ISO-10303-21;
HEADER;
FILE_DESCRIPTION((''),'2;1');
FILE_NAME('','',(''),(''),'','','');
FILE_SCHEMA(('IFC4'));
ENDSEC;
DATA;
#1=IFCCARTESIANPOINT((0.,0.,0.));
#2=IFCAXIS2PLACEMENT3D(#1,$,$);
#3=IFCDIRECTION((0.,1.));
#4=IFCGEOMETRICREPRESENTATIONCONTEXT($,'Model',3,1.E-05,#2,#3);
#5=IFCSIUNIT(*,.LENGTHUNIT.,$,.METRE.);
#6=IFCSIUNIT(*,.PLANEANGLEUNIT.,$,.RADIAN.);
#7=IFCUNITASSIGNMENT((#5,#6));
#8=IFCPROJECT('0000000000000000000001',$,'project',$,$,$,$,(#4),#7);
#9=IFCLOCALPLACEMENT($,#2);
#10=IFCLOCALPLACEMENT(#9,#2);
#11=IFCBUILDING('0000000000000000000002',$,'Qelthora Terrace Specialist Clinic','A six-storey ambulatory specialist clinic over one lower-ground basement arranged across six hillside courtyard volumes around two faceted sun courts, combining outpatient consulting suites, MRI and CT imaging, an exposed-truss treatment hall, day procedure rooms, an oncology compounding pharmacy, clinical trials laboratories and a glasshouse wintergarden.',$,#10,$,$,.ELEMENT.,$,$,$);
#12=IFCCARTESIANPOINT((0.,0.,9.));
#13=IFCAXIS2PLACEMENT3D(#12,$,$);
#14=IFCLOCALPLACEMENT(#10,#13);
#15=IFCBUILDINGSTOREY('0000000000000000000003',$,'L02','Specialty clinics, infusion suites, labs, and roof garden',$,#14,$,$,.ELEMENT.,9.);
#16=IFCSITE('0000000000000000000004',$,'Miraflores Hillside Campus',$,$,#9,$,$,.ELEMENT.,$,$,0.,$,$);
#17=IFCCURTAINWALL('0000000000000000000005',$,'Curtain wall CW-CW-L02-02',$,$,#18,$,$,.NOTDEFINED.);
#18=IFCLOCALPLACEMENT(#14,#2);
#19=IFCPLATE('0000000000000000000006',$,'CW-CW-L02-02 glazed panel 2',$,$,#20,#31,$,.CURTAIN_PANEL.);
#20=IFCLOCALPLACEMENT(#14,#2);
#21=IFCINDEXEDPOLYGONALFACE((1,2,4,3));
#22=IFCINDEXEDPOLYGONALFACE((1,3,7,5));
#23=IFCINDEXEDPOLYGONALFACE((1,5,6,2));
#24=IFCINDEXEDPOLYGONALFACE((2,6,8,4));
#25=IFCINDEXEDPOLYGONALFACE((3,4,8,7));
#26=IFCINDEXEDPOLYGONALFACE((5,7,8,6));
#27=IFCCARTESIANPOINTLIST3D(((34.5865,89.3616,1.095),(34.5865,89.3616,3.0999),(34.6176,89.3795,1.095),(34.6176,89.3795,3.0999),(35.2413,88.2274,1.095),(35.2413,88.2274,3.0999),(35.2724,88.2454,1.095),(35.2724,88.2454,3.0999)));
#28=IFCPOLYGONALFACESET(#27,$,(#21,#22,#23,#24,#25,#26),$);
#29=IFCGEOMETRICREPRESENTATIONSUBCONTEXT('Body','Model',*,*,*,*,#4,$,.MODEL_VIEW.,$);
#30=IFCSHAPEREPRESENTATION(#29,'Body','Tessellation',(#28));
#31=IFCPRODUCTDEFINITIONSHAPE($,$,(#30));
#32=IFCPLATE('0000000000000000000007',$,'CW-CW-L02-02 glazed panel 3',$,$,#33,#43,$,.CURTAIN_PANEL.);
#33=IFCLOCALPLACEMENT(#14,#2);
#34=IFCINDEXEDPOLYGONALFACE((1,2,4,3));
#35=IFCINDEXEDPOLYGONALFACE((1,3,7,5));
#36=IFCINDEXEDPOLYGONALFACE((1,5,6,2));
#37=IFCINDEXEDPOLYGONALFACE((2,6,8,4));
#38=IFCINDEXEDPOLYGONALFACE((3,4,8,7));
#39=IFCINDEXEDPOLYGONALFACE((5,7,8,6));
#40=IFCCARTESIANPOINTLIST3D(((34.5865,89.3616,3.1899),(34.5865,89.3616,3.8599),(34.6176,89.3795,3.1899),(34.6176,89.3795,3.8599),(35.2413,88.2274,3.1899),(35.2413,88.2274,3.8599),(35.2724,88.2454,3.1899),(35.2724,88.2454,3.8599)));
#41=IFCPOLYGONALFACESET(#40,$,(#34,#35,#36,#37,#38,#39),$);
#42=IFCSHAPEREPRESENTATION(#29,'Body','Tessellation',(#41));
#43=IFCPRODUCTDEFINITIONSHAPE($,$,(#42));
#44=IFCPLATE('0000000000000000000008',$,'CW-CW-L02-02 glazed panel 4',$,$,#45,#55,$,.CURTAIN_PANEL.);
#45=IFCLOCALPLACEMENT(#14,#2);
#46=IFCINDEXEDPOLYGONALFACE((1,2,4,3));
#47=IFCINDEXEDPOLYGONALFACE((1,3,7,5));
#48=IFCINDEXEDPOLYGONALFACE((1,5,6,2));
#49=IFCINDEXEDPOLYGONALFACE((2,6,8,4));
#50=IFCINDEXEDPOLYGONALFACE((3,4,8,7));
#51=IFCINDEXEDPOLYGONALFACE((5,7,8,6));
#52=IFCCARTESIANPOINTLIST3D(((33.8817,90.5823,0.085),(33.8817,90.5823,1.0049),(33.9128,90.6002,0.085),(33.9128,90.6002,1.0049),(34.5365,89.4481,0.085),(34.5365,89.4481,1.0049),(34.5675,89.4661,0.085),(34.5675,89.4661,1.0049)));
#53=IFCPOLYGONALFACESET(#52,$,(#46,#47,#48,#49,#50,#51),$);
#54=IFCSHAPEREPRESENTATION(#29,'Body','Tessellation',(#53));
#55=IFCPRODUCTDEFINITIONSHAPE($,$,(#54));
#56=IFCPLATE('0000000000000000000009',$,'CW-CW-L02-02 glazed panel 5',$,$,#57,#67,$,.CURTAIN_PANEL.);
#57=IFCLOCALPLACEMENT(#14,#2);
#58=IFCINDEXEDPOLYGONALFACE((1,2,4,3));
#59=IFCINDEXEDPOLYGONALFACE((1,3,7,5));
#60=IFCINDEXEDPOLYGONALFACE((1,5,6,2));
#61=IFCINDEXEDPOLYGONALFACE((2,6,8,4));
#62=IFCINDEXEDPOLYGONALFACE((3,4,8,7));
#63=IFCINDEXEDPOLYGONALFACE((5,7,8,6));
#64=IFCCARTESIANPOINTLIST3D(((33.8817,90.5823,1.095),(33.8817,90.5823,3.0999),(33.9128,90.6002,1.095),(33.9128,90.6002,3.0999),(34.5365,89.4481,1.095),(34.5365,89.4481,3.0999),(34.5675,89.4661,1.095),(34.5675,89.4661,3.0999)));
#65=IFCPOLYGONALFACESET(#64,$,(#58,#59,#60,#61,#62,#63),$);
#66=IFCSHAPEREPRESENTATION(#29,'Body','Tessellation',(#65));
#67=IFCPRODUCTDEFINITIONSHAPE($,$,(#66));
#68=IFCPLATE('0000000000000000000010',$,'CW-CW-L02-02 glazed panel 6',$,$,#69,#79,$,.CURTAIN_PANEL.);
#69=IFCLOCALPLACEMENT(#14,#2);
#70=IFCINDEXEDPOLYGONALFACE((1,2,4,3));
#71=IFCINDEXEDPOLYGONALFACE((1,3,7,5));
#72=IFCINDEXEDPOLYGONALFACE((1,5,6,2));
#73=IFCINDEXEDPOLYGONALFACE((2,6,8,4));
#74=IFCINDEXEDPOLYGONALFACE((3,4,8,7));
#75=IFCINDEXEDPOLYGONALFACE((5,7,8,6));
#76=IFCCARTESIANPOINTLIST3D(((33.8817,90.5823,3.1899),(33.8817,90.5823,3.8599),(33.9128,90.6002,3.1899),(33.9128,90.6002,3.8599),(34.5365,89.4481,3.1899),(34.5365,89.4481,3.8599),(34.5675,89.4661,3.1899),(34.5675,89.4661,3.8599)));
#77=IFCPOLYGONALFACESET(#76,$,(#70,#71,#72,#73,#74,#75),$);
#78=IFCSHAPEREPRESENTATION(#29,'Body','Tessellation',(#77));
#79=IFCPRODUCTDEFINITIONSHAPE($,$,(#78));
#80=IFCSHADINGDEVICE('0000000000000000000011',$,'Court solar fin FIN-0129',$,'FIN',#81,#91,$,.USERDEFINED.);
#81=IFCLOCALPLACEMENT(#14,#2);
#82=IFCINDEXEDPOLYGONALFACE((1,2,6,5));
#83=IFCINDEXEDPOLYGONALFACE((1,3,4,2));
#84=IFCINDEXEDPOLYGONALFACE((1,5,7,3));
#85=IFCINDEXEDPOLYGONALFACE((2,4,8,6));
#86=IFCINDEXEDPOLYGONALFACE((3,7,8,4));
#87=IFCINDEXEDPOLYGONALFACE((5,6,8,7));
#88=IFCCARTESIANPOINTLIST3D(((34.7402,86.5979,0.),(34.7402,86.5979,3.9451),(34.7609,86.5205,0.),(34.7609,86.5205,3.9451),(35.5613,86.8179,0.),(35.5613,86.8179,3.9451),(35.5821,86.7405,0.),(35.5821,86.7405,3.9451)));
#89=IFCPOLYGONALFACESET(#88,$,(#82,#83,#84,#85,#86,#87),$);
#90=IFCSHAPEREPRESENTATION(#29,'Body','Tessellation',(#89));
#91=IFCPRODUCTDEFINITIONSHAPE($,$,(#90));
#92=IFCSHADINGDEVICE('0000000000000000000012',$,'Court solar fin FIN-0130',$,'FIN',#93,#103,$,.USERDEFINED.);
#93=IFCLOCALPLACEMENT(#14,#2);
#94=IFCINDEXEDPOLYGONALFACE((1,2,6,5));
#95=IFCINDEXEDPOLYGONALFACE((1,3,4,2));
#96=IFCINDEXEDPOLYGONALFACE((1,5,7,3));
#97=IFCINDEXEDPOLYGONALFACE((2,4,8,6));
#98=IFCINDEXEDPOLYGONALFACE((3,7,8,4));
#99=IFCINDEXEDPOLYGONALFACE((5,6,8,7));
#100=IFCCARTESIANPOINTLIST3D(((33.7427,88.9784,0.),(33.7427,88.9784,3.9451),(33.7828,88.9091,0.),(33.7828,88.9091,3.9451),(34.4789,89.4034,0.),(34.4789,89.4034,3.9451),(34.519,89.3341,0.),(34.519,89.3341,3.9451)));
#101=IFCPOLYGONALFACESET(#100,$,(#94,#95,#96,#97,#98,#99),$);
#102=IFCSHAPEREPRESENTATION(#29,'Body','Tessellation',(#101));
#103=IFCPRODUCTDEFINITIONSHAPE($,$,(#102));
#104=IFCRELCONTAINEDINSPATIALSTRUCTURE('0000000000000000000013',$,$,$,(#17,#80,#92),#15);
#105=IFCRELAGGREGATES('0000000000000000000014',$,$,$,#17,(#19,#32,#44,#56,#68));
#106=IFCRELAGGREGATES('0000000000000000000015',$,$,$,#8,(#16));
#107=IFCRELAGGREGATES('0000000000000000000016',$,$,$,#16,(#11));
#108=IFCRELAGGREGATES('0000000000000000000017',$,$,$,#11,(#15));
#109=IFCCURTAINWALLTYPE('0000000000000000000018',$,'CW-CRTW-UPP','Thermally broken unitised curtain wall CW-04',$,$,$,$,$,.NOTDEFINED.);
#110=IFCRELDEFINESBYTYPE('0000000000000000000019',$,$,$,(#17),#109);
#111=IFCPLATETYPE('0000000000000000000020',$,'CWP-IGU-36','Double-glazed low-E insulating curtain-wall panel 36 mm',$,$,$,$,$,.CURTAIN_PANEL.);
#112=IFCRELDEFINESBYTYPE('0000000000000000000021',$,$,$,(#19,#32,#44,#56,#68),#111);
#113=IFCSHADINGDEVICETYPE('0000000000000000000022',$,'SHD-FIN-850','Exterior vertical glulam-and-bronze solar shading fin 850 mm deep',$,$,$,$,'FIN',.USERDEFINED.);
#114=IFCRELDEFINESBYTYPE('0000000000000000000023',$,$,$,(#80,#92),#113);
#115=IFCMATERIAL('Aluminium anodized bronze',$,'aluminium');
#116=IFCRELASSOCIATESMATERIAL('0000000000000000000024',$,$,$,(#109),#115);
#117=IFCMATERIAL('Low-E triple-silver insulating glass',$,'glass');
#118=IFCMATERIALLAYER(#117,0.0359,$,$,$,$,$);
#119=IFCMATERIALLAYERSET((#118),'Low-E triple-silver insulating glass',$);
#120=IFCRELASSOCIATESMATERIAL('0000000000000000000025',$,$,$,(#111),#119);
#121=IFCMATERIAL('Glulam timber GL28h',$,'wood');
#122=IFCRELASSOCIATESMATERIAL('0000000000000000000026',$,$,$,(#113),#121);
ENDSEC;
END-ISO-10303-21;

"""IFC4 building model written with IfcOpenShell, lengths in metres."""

from ifc_helpers import new_model, si_unit, direction, frame, origin, origin_2d, place, context, subcontext, project, spatial, rectangle, extrude, material, layer, layer_set, type_object, element, aggregate, save


model = new_model("IFC4")

# Units and contexts
model_context = context("Model", 3, precision=1e-05, world=origin(), true_north=direction((0.0, 1.0)))
body_context = subcontext(model_context, "Body", "Model", "MODEL_VIEW")
ifc_project = project(units=[si_unit("LENGTHUNIT", "METRE"), si_unit("PLANEANGLEUNIT", "RADIAN")], contexts=[model_context])

# Site, building, storey
site_placement = place(None, origin())
site = spatial("IfcSite", under=ifc_project, at=site_placement, Name="Miraflores Hillside Campus", CompositionType="ELEMENT", RefElevation=0.0)
building_placement = place(site_placement, origin())
building = spatial("IfcBuilding", under=site, at=building_placement, Name="Qelthora Terrace Specialist Clinic", Description="A six-storey ambulatory specialist clinic over one lower-ground basement arranged across six hillside courtyard volumes around two faceted sun courts, combining outpatient consulting suites, MRI and CT imaging, an exposed-truss treatment hall, day procedure rooms, an oncology compounding pharmacy, clinical trials laboratories and a glasshouse wintergarden.", CompositionType="ELEMENT")
storey_placement = place(building_placement, frame((0.0, 0.0, 9.0)))
storey = spatial("IfcBuildingStorey", under=building, at=storey_placement, Name="L02", Description="Specialty clinics, infusion suites, labs, and roof garden", CompositionType="ELEMENT", Elevation=9.0)

# Curtain wall
ifc_material_1 = material(Name="Aluminium anodized bronze", Category="aluminium")
curtain_wall_type = type_object("IfcCurtainWallType", Name="CW-CRTW-UPP", Description="Thermally broken unitised curtain wall CW-04", PredefinedType="NOTDEFINED", material=ifc_material_1)
curtain_wall_1_placement = place(storey_placement, origin())
curtain_wall_1 = element("IfcCurtainWall", 1, at=curtain_wall_1_placement, inside=storey, type_object=curtain_wall_type, Name="Curtain wall CW-CW-L02-02", PredefinedType="NOTDEFINED")

# Plates
ifc_material_2 = material(Name="Low-E triple-silver insulating glass", Category="glass")
ifc_layer = layer(ifc_material_2, 0.0359)
ifc_layer_set = layer_set([ifc_layer], Name="Low-E triple-silver insulating glass")
plate_type = type_object("IfcPlateType", Name="CWP-IGU-36", Description="Double-glazed low-E insulating curtain-wall panel 36 mm", PredefinedType="CURTAIN_PANEL", material=ifc_layer_set)
plate_1_placement = place(storey_placement, frame((34.9294, 88.8035, 1.095), z_axis=(0.0, 0.0, 1.0), x_axis=(-0.5, 0.866025, 0.0)))
plate_1 = element("IfcPlate", 2, at=plate_1_placement, type_object=plate_type, Name="CW-CW-L02-02 glazed panel 2", PredefinedType="CURTAIN_PANEL", context=body_context, shape_type="SweptSolid", body=[
    extrude(rectangle(XDim=1.3096, YDim=0.0359, at=origin_2d()), origin(), (0.0, 0.0, 1.0), 2.0049),
])
plate_2_placement = place(storey_placement, frame((34.9294, 88.8035, 3.1899), z_axis=(0.0, 0.0, 1.0), x_axis=(-0.5, 0.866025, 0.0)))
plate_2 = element("IfcPlate", 3, at=plate_2_placement, type_object=plate_type, Name="CW-CW-L02-02 glazed panel 3", PredefinedType="CURTAIN_PANEL", context=body_context, shape_type="SweptSolid", body=[
    extrude(rectangle(XDim=1.3096, YDim=0.0359, at=origin_2d()), origin(), (0.0, 0.0, 1.0), 0.6699),
])
plate_3_placement = place(storey_placement, frame((34.2246, 90.0242, 0.085), z_axis=(0.0, 0.0, 1.0), x_axis=(-0.5, 0.866025, 0.0)))
plate_3 = element("IfcPlate", 4, at=plate_3_placement, type_object=plate_type, Name="CW-CW-L02-02 glazed panel 4", PredefinedType="CURTAIN_PANEL", context=body_context, shape_type="SweptSolid", body=[
    extrude(rectangle(XDim=1.3096, YDim=0.0359, at=origin_2d()), origin(), (0.0, 0.0, 1.0), 0.9199),
])
plate_4_placement = place(storey_placement, frame((34.2246, 90.0242, 1.095), z_axis=(0.0, 0.0, 1.0), x_axis=(-0.5, 0.866025, 0.0)))
plate_4 = element("IfcPlate", 5, at=plate_4_placement, type_object=plate_type, Name="CW-CW-L02-02 glazed panel 5", PredefinedType="CURTAIN_PANEL", context=body_context, shape_type="SweptSolid", body=[
    extrude(rectangle(XDim=1.3096, YDim=0.0359, at=origin_2d()), origin(), (0.0, 0.0, 1.0), 2.0049),
])
plate_5_placement = place(storey_placement, frame((34.2246, 90.0242, 3.1899), z_axis=(0.0, 0.0, 1.0), x_axis=(-0.5, 0.866025, 0.0)))
plate_5 = element("IfcPlate", 6, at=plate_5_placement, type_object=plate_type, Name="CW-CW-L02-02 glazed panel 6", PredefinedType="CURTAIN_PANEL", context=body_context, shape_type="SweptSolid", body=[
    extrude(rectangle(XDim=1.3096, YDim=0.0359, at=origin_2d()), origin(), (0.0, 0.0, 1.0), 0.6699),
])
aggregate(curtain_wall_1, [plate_1, plate_2, plate_3, plate_4, plate_5])

# Shading devices
ifc_material_3 = material(Name="Glulam timber GL28h", Category="wood")
shading_device_type = type_object("IfcShadingDeviceType", Name="SHD-FIN-850", Description="Exterior vertical glulam-and-bronze solar shading fin 850 mm deep", ElementType="FIN", PredefinedType="USERDEFINED", material=ifc_material_3)
for number, where, z_axis, x_axis, name in (
    (7, (35.1611, 86.6692, 0.0), (0.0, 0.0, 1.0), (-0.965926, -0.258819, 0.0), "Court solar fin FIN-0129"),
    (8, (34.1309, 89.1562, 0.0), (0.0, 0.0, 1.0), (-0.866025, -0.5, 0.0), "Court solar fin FIN-0130"),
):
    element("IfcShadingDevice", number, at=place(storey_placement, frame(where, z_axis=z_axis, x_axis=x_axis)), inside=storey, type_object=shading_device_type, Name=name, ObjectType="FIN", PredefinedType="USERDEFINED", context=body_context, shape_type="SweptSolid", body=[
        extrude(rectangle(XDim=0.8501, YDim=0.0801, at=origin_2d()), origin(), (0.0, 0.0, 1.0), 3.9451),
    ])

save(model, "model.ifc")
